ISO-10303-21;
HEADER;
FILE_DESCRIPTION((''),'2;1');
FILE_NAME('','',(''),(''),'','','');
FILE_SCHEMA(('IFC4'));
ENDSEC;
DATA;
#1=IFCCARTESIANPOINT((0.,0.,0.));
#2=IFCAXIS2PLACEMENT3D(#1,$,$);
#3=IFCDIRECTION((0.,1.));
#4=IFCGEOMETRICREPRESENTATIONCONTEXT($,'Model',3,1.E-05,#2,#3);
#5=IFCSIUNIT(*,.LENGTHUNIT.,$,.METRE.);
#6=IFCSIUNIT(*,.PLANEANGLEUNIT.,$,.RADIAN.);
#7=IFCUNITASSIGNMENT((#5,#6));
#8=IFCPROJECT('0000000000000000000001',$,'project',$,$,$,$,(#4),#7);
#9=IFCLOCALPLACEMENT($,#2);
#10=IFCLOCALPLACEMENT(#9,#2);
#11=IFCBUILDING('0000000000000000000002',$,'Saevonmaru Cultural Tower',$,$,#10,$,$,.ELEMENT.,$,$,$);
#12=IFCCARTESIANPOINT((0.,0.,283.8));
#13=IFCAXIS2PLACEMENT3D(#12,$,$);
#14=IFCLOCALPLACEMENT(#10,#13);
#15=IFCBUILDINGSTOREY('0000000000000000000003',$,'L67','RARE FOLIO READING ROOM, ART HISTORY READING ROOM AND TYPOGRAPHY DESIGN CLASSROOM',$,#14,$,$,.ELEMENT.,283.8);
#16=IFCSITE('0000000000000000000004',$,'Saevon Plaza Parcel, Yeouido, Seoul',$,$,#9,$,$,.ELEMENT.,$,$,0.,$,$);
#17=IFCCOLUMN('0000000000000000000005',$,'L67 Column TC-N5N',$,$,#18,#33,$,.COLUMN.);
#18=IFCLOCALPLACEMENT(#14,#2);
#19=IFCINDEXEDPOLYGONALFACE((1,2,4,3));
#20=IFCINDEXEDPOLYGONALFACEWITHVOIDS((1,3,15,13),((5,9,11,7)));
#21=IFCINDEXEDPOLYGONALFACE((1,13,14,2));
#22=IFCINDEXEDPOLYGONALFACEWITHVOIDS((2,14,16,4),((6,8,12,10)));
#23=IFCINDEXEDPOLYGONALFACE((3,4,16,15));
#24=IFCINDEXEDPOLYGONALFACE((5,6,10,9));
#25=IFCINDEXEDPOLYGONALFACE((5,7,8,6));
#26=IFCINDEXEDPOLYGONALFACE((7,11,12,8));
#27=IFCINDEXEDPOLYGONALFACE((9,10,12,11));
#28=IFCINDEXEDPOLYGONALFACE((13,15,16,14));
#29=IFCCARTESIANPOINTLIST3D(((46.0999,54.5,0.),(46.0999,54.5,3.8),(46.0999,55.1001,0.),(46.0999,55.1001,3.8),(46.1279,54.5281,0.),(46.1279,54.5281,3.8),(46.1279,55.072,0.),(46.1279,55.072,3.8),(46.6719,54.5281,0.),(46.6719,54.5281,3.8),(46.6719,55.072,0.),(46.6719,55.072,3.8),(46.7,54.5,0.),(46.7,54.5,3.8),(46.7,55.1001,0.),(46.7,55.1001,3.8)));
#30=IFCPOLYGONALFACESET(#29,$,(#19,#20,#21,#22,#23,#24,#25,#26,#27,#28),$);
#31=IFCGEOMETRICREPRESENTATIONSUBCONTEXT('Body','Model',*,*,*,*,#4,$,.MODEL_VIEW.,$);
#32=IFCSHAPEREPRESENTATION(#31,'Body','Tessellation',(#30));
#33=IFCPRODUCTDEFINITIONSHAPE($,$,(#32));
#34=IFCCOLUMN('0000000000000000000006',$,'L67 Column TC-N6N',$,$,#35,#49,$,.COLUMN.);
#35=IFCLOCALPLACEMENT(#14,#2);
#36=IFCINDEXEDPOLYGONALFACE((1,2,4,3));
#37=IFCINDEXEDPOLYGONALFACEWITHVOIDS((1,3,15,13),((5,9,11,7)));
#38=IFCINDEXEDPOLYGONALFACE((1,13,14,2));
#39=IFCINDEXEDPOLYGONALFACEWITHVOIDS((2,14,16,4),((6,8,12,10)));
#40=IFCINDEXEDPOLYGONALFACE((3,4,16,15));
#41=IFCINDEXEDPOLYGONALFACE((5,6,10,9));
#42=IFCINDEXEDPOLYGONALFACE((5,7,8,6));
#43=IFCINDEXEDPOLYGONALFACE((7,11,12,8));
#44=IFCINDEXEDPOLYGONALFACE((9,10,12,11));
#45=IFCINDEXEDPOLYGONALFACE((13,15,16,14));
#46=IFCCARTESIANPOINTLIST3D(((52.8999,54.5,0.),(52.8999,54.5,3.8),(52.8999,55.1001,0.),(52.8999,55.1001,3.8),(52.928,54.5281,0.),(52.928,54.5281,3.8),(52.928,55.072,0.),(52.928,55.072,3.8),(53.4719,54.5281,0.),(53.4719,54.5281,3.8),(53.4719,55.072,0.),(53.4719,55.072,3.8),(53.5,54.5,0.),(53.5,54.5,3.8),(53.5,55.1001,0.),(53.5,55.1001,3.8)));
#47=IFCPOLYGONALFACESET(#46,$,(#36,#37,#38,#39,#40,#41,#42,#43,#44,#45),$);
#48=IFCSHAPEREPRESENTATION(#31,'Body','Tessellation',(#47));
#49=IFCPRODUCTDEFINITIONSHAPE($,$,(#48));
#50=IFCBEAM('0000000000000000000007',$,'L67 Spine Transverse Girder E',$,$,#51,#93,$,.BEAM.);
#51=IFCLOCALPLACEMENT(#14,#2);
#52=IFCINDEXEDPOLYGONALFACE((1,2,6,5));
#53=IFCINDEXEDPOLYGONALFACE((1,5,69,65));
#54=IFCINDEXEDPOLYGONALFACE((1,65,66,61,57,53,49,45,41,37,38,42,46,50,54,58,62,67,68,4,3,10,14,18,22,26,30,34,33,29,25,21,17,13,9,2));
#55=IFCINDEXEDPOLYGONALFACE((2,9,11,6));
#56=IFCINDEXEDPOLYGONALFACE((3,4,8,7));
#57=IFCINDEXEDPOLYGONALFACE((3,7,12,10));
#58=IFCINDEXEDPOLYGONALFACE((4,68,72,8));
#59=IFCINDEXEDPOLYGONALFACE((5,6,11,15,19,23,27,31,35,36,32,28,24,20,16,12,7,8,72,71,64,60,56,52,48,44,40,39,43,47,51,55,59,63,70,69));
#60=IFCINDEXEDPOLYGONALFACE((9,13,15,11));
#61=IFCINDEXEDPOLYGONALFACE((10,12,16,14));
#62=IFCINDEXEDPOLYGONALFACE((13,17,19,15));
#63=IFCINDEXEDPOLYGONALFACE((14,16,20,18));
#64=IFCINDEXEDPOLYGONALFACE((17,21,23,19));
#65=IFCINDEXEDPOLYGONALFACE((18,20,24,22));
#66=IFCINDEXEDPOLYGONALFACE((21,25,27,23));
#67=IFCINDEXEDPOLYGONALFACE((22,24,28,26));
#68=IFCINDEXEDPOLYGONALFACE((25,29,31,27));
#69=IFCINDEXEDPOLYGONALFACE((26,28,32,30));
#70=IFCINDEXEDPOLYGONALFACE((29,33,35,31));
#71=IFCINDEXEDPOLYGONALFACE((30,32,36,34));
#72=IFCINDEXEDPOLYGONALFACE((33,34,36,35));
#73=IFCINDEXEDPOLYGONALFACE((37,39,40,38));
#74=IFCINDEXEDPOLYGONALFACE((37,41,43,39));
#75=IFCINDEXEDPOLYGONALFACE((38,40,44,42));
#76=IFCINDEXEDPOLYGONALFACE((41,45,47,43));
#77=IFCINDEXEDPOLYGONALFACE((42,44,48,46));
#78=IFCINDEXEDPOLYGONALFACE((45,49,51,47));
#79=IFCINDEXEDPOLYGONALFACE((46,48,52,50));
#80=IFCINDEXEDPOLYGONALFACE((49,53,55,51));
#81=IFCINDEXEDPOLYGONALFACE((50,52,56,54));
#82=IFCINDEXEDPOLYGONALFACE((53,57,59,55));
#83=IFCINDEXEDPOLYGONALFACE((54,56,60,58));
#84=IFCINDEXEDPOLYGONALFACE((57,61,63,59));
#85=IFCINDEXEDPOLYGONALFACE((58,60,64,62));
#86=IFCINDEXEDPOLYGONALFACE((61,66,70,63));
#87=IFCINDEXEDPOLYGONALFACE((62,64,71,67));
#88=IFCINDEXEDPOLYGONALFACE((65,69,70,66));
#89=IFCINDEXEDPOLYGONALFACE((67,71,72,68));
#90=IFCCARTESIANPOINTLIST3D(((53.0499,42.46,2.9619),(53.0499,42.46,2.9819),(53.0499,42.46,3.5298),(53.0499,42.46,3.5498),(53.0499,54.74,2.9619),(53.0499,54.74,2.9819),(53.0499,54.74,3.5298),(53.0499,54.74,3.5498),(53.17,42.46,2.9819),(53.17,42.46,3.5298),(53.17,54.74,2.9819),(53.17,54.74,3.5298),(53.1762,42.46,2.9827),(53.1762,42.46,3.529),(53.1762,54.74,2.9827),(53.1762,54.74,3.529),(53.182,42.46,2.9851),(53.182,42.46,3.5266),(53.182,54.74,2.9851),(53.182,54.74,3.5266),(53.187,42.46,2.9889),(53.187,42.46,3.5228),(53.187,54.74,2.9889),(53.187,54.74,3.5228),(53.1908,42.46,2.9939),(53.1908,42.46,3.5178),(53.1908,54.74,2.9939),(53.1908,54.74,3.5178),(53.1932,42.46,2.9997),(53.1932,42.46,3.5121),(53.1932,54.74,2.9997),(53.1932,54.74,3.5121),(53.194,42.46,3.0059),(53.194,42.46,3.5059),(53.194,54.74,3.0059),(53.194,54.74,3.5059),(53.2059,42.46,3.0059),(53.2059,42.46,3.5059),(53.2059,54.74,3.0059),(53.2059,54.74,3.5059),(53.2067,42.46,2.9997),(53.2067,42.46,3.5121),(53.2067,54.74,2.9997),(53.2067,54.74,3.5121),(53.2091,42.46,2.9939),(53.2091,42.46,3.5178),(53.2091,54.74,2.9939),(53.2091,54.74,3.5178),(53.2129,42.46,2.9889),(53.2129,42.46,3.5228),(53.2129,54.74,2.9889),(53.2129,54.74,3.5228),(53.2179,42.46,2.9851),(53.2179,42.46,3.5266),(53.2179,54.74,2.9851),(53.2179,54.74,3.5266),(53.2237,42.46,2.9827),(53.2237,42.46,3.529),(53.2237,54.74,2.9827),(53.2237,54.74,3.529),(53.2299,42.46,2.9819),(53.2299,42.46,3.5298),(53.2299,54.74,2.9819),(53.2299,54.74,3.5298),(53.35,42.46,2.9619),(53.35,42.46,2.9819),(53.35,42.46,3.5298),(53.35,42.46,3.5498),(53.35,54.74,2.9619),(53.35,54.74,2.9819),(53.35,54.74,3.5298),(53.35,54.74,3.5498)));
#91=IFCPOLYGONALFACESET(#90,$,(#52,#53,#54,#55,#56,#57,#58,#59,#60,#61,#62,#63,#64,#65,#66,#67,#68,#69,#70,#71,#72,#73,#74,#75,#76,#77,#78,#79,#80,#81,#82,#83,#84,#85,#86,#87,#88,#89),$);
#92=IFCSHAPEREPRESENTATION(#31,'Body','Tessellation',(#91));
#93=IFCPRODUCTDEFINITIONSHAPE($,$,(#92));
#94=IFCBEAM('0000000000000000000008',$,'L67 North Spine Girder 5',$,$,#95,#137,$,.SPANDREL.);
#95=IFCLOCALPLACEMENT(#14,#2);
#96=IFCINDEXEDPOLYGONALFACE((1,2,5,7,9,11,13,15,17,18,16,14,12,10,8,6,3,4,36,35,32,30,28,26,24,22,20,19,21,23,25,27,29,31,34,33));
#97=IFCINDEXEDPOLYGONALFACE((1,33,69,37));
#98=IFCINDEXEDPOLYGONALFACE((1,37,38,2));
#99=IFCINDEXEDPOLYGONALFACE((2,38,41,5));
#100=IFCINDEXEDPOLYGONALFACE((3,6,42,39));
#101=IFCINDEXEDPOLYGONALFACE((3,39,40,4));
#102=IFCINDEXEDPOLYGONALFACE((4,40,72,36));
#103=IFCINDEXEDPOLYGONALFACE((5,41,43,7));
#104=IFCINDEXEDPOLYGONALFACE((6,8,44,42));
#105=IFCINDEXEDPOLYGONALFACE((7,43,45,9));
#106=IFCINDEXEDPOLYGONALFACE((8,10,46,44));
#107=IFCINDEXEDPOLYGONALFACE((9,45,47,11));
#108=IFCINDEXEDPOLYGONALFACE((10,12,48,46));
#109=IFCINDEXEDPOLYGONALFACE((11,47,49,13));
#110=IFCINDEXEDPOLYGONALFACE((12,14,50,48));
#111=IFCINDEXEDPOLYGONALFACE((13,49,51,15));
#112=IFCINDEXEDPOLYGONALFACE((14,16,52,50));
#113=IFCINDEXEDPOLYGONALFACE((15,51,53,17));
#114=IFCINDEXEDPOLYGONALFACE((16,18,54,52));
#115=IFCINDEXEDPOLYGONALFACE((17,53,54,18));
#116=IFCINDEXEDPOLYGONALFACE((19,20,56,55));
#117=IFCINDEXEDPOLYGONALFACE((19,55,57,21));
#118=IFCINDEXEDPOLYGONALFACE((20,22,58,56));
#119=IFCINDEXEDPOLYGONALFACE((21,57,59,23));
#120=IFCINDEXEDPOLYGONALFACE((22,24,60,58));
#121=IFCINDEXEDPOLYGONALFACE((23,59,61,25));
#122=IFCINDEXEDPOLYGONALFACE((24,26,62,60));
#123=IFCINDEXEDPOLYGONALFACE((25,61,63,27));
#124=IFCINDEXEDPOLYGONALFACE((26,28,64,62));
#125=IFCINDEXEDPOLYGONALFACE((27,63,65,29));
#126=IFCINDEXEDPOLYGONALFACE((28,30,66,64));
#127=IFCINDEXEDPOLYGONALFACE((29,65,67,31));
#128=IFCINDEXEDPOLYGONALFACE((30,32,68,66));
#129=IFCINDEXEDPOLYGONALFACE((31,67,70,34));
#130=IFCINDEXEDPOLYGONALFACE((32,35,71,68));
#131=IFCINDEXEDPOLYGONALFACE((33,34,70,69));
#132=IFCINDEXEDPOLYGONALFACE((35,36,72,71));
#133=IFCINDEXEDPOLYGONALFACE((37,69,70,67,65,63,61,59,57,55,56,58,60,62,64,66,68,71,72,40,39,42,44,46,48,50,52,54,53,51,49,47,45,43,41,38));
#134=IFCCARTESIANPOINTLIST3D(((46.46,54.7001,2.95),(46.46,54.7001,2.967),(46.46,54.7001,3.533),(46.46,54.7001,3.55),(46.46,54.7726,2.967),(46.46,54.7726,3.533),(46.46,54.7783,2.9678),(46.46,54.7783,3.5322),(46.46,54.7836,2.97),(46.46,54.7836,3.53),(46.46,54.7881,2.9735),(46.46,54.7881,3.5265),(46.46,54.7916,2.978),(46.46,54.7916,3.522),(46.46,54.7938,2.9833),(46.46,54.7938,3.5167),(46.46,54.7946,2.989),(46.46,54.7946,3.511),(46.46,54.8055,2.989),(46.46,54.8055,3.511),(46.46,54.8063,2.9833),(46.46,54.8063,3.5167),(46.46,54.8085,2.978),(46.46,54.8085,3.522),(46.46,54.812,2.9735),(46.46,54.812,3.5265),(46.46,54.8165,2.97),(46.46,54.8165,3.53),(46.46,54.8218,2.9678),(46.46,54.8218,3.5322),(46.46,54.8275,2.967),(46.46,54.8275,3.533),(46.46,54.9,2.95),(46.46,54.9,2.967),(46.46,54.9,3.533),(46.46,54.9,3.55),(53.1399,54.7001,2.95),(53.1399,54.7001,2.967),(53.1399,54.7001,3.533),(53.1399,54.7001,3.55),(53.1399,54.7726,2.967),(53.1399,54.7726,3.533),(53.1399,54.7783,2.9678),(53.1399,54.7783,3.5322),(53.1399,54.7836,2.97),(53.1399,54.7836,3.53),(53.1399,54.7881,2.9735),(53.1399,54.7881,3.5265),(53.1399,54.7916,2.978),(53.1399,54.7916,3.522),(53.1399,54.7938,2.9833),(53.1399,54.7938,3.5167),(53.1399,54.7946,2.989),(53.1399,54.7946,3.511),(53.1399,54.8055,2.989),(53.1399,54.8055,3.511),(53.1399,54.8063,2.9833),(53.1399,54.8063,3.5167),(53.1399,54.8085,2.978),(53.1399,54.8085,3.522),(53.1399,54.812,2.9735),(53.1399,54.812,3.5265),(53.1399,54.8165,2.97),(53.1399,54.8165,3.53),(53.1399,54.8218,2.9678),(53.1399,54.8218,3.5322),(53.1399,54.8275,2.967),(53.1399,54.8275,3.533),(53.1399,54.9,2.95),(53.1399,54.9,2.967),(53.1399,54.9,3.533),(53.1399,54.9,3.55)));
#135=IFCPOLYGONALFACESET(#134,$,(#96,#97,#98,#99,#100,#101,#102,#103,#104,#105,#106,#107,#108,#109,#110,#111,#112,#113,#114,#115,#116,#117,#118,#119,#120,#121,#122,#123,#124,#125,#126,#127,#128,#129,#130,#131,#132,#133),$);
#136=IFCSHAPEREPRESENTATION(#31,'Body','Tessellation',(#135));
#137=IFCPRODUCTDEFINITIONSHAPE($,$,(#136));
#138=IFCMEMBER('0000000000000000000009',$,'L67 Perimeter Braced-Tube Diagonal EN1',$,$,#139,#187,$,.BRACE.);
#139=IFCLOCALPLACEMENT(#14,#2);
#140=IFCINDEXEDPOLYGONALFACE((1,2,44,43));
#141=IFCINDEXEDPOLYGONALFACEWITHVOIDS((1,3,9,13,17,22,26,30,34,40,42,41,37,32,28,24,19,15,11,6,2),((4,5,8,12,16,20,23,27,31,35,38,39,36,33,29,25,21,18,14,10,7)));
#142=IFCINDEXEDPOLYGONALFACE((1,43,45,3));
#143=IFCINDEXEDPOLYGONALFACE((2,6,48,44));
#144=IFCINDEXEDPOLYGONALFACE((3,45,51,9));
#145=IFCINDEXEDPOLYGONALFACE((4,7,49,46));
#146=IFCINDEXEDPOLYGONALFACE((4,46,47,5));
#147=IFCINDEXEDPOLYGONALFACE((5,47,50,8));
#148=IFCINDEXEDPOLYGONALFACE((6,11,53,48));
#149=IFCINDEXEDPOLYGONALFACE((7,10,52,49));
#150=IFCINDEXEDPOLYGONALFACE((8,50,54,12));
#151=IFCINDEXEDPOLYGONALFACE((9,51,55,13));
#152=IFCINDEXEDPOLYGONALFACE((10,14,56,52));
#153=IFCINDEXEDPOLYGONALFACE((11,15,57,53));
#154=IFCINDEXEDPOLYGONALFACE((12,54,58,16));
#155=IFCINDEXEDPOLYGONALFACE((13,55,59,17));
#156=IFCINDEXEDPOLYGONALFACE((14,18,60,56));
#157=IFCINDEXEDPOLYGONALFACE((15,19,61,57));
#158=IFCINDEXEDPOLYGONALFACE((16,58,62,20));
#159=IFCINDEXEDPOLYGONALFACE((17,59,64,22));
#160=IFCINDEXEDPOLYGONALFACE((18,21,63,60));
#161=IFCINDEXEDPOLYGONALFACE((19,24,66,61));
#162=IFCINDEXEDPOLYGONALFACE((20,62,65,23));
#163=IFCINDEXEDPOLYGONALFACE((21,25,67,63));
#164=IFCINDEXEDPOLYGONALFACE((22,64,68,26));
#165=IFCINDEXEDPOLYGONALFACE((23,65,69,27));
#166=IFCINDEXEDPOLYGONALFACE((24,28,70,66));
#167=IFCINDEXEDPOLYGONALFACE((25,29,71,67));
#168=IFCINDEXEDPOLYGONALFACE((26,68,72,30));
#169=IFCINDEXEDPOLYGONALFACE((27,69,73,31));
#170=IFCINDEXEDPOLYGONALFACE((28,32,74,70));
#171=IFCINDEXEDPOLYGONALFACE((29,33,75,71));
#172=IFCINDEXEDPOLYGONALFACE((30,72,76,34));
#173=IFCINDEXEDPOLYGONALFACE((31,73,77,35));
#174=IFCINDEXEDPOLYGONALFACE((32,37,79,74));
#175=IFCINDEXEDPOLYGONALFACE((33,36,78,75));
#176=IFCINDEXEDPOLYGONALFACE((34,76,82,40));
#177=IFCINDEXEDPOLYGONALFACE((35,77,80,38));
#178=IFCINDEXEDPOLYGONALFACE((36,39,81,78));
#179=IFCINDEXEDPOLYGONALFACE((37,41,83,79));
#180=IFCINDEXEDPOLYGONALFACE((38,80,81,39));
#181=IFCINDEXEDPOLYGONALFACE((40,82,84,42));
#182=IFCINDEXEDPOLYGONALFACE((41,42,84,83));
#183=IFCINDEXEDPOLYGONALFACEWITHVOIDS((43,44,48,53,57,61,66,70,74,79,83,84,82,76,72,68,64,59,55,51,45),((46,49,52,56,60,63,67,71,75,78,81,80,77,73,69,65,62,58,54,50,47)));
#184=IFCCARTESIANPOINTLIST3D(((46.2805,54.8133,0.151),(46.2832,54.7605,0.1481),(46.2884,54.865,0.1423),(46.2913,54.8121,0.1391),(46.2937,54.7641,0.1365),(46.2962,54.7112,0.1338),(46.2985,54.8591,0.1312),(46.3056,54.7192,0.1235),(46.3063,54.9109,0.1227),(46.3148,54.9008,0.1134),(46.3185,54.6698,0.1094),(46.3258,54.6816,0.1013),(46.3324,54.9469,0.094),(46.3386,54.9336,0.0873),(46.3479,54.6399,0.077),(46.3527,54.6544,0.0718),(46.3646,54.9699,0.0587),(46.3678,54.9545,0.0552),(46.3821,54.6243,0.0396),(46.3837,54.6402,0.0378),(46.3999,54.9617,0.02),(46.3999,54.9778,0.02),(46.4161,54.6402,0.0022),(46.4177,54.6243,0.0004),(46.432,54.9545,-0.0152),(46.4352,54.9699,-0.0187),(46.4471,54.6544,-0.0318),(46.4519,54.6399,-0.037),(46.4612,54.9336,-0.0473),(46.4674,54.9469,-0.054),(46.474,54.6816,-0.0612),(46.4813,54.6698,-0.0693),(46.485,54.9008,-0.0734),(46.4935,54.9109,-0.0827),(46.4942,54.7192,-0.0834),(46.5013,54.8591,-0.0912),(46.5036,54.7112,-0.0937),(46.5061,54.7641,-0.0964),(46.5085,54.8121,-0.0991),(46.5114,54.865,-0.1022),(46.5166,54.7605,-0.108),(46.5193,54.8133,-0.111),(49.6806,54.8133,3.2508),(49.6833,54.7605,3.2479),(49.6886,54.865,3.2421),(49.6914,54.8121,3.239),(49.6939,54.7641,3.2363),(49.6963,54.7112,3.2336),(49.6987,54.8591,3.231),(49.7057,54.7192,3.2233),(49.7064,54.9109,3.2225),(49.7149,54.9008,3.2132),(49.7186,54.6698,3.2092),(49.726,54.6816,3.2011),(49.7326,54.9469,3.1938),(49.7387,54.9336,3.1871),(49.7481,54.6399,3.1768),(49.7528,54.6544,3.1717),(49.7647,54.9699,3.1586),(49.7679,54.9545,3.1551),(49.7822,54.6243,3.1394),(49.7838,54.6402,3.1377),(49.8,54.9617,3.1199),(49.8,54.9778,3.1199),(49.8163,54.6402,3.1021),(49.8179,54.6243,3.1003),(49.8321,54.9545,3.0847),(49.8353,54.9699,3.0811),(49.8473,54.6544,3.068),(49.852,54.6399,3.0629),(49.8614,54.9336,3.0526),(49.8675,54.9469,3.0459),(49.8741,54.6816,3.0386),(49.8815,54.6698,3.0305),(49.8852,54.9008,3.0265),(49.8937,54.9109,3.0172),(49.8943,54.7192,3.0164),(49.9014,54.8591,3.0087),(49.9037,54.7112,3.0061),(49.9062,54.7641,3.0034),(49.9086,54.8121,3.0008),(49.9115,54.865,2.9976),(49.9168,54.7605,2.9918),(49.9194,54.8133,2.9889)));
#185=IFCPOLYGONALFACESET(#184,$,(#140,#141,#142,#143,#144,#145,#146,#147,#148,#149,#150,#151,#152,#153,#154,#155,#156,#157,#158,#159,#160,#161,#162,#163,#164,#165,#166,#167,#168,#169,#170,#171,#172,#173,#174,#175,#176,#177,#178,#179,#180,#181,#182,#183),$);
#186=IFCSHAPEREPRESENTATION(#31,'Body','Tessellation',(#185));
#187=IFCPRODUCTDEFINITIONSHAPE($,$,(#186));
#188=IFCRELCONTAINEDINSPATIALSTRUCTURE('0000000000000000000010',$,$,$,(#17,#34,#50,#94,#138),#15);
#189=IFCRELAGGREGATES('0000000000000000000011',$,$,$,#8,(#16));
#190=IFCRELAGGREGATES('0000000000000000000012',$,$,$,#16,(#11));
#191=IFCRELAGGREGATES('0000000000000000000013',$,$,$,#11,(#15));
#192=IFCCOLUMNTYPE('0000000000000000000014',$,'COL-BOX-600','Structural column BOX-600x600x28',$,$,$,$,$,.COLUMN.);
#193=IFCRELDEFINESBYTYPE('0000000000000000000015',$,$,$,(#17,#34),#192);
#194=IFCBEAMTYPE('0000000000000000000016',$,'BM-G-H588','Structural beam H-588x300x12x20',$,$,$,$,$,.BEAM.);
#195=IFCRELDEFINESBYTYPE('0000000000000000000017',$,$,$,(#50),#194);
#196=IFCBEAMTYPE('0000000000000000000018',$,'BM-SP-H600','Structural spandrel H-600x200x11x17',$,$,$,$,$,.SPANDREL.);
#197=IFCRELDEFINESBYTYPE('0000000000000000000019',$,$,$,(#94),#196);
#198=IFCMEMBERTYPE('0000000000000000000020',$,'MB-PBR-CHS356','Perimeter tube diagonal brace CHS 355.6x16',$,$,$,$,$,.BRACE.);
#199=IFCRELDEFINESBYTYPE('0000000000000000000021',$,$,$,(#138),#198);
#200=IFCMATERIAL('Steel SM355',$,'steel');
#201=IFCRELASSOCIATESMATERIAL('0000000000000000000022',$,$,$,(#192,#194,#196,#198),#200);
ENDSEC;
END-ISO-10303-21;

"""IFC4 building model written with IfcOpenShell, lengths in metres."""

from ifc_helpers import new_model, si_unit, direction, frame, origin, origin_2d, place, context, subcontext, project, spatial, hollow_rectangle, hollow_circle, i_section, extrude, material, material_profile, profile_set, type_object, element, save


model = new_model("IFC4")

# Units and contexts
model_context = context("Model", 3, precision=1e-05, world=origin(), true_north=direction((0.0, 1.0)))
body_context = subcontext(model_context, "Body", "Model", "MODEL_VIEW")
ifc_project = project(units=[si_unit("LENGTHUNIT", "METRE"), si_unit("PLANEANGLEUNIT", "RADIAN")], contexts=[model_context])

# Site, building, storey
site_placement = place(None, origin())
site = spatial("IfcSite", under=ifc_project, at=site_placement, Name="Saevon Plaza Parcel, Yeouido, Seoul", CompositionType="ELEMENT", RefElevation=0.0)
building_placement = place(site_placement, origin())
building = spatial("IfcBuilding", under=site, at=building_placement, Name="Saevonmaru Cultural Tower", CompositionType="ELEMENT")
storey_placement = place(building_placement, frame((0.0, 0.0, 283.8)))
storey = spatial("IfcBuildingStorey", under=building, at=storey_placement, Name="L67", Description="RARE FOLIO READING ROOM, ART HISTORY READING ROOM AND TYPOGRAPHY DESIGN CLASSROOM", CompositionType="ELEMENT", Elevation=283.8)

# Columns
ifc_material_1 = material(Name="Steel SM355", Category="steel")
ifc_material_profile_1 = material_profile(ifc_material_1, hollow_rectangle(XDim=0.6001, YDim=0.6001, WallThickness=0.0281, at=origin_2d()), Name="BOX-600x600x28")
ifc_profile_set_1 = profile_set([ifc_material_profile_1], Name="Steel SM355")
column_type = type_object("IfcColumnType", Name="COL-BOX-600", Description="Structural column BOX-600x600x28", PredefinedType="COLUMN", material=ifc_profile_set_1)
for number, where, z_axis, x_axis, name in (
    (1, (46.3999, 54.8, 0.0), (0.0, 0.0, 1.0), (1.0, 0.0, 0.0), "L67 Column TC-N5N"),
    (2, (53.2, 54.8, 0.0), (0.0, 0.0, 1.0), (1.0, 0.0, 0.0), "L67 Column TC-N6N"),
):
    element("IfcColumn", number, at=place(storey_placement, frame(where, z_axis=z_axis, x_axis=x_axis)), inside=storey, type_object=column_type, Name=name, PredefinedType="COLUMN", context=body_context, shape_type="SweptSolid", body=[
        extrude(hollow_rectangle(XDim=0.6001, YDim=0.6001, WallThickness=0.0281, at=origin_2d()), origin(), (0.0, 0.0, 1.0), 3.8),
    ])

# Beams
ifc_material_profile_2 = material_profile(ifc_material_1, i_section(OverallWidth=0.3, OverallDepth=0.5879, WebThickness=0.012, FlangeThickness=0.02, FilletRadius=0.0239, at=origin_2d()), Name="H-588x300x12x20")
ifc_profile_set_2 = profile_set([ifc_material_profile_2], Name="Steel SM355")
beam_type_1 = type_object("IfcBeamType", Name="BM-G-H588", Description="Structural beam H-588x300x12x20", PredefinedType="BEAM", material=ifc_profile_set_2)
beam_1_placement = place(storey_placement, frame((53.2, 54.74, 3.2559), z_axis=(0.0, -1.0, 0.0), x_axis=(1.0, 0.0, 0.0)))
element("IfcBeam", 3, at=beam_1_placement, inside=storey, type_object=beam_type_1, Name="L67 Spine Transverse Girder E", PredefinedType="BEAM", context=body_context, shape_type="SweptSolid", body=[
    extrude(i_section(OverallWidth=0.3, OverallDepth=0.5879, WebThickness=0.012, FlangeThickness=0.02, FilletRadius=0.0239, at=origin_2d()), origin(), (0.0, 0.0, 1.0), 12.28),
])
ifc_material_profile_3 = material_profile(ifc_material_1, i_section(OverallWidth=0.2, OverallDepth=0.6001, WebThickness=0.011, FlangeThickness=0.0171, FilletRadius=0.022, at=origin_2d()), Name="H-600x200x11x17")
ifc_profile_set_3 = profile_set([ifc_material_profile_3], Name="Steel SM355")
beam_type_2 = type_object("IfcBeamType", Name="BM-SP-H600", Description="Structural spandrel H-600x200x11x17", PredefinedType="SPANDREL", material=ifc_profile_set_3)
beam_2_placement = place(storey_placement, frame((46.46, 54.8, 3.25), z_axis=(1.0, 0.0, 0.0), x_axis=(0.0, 1.0, 0.0)))
element("IfcBeam", 4, at=beam_2_placement, inside=storey, type_object=beam_type_2, Name="L67 North Spine Girder 5", PredefinedType="SPANDREL", context=body_context, shape_type="SweptSolid", body=[
    extrude(i_section(OverallWidth=0.2, OverallDepth=0.6001, WebThickness=0.011, FlangeThickness=0.0171, FilletRadius=0.022, at=origin_2d()), origin(), (0.0, 0.0, 1.0), 6.6799),
])

# Member
ifc_material_profile_4 = material_profile(ifc_material_1, hollow_circle(Radius=0.1777, WallThickness=0.0161, at=origin_2d()), Name="CHS-355.6x16")
ifc_profile_set_4 = profile_set([ifc_material_profile_4], Name="Steel SM355")
member_type_1 = type_object("IfcMemberType", Name="MB-PBR-CHS356", Description="Perimeter tube diagonal brace CHS 355.6x16", PredefinedType="BRACE", material=ifc_profile_set_4)
member_1_placement = place(storey_placement, frame((46.3999, 54.8, 0.02), z_axis=(0.738986, 0.0, 0.673721), x_axis=(0.0, 1.0, 0.0)))
element("IfcMember", 5, at=member_1_placement, inside=storey, type_object=member_type_1, Name="L67 Perimeter Braced-Tube Diagonal EN1", PredefinedType="BRACE", context=body_context, shape_type="SweptSolid", body=[
    extrude(hollow_circle(Radius=0.1777, WallThickness=0.0161, at=origin_2d()), origin(), (0.0, 0.0, 1.0), 4.6011),
])

save(model, "model.ifc")
